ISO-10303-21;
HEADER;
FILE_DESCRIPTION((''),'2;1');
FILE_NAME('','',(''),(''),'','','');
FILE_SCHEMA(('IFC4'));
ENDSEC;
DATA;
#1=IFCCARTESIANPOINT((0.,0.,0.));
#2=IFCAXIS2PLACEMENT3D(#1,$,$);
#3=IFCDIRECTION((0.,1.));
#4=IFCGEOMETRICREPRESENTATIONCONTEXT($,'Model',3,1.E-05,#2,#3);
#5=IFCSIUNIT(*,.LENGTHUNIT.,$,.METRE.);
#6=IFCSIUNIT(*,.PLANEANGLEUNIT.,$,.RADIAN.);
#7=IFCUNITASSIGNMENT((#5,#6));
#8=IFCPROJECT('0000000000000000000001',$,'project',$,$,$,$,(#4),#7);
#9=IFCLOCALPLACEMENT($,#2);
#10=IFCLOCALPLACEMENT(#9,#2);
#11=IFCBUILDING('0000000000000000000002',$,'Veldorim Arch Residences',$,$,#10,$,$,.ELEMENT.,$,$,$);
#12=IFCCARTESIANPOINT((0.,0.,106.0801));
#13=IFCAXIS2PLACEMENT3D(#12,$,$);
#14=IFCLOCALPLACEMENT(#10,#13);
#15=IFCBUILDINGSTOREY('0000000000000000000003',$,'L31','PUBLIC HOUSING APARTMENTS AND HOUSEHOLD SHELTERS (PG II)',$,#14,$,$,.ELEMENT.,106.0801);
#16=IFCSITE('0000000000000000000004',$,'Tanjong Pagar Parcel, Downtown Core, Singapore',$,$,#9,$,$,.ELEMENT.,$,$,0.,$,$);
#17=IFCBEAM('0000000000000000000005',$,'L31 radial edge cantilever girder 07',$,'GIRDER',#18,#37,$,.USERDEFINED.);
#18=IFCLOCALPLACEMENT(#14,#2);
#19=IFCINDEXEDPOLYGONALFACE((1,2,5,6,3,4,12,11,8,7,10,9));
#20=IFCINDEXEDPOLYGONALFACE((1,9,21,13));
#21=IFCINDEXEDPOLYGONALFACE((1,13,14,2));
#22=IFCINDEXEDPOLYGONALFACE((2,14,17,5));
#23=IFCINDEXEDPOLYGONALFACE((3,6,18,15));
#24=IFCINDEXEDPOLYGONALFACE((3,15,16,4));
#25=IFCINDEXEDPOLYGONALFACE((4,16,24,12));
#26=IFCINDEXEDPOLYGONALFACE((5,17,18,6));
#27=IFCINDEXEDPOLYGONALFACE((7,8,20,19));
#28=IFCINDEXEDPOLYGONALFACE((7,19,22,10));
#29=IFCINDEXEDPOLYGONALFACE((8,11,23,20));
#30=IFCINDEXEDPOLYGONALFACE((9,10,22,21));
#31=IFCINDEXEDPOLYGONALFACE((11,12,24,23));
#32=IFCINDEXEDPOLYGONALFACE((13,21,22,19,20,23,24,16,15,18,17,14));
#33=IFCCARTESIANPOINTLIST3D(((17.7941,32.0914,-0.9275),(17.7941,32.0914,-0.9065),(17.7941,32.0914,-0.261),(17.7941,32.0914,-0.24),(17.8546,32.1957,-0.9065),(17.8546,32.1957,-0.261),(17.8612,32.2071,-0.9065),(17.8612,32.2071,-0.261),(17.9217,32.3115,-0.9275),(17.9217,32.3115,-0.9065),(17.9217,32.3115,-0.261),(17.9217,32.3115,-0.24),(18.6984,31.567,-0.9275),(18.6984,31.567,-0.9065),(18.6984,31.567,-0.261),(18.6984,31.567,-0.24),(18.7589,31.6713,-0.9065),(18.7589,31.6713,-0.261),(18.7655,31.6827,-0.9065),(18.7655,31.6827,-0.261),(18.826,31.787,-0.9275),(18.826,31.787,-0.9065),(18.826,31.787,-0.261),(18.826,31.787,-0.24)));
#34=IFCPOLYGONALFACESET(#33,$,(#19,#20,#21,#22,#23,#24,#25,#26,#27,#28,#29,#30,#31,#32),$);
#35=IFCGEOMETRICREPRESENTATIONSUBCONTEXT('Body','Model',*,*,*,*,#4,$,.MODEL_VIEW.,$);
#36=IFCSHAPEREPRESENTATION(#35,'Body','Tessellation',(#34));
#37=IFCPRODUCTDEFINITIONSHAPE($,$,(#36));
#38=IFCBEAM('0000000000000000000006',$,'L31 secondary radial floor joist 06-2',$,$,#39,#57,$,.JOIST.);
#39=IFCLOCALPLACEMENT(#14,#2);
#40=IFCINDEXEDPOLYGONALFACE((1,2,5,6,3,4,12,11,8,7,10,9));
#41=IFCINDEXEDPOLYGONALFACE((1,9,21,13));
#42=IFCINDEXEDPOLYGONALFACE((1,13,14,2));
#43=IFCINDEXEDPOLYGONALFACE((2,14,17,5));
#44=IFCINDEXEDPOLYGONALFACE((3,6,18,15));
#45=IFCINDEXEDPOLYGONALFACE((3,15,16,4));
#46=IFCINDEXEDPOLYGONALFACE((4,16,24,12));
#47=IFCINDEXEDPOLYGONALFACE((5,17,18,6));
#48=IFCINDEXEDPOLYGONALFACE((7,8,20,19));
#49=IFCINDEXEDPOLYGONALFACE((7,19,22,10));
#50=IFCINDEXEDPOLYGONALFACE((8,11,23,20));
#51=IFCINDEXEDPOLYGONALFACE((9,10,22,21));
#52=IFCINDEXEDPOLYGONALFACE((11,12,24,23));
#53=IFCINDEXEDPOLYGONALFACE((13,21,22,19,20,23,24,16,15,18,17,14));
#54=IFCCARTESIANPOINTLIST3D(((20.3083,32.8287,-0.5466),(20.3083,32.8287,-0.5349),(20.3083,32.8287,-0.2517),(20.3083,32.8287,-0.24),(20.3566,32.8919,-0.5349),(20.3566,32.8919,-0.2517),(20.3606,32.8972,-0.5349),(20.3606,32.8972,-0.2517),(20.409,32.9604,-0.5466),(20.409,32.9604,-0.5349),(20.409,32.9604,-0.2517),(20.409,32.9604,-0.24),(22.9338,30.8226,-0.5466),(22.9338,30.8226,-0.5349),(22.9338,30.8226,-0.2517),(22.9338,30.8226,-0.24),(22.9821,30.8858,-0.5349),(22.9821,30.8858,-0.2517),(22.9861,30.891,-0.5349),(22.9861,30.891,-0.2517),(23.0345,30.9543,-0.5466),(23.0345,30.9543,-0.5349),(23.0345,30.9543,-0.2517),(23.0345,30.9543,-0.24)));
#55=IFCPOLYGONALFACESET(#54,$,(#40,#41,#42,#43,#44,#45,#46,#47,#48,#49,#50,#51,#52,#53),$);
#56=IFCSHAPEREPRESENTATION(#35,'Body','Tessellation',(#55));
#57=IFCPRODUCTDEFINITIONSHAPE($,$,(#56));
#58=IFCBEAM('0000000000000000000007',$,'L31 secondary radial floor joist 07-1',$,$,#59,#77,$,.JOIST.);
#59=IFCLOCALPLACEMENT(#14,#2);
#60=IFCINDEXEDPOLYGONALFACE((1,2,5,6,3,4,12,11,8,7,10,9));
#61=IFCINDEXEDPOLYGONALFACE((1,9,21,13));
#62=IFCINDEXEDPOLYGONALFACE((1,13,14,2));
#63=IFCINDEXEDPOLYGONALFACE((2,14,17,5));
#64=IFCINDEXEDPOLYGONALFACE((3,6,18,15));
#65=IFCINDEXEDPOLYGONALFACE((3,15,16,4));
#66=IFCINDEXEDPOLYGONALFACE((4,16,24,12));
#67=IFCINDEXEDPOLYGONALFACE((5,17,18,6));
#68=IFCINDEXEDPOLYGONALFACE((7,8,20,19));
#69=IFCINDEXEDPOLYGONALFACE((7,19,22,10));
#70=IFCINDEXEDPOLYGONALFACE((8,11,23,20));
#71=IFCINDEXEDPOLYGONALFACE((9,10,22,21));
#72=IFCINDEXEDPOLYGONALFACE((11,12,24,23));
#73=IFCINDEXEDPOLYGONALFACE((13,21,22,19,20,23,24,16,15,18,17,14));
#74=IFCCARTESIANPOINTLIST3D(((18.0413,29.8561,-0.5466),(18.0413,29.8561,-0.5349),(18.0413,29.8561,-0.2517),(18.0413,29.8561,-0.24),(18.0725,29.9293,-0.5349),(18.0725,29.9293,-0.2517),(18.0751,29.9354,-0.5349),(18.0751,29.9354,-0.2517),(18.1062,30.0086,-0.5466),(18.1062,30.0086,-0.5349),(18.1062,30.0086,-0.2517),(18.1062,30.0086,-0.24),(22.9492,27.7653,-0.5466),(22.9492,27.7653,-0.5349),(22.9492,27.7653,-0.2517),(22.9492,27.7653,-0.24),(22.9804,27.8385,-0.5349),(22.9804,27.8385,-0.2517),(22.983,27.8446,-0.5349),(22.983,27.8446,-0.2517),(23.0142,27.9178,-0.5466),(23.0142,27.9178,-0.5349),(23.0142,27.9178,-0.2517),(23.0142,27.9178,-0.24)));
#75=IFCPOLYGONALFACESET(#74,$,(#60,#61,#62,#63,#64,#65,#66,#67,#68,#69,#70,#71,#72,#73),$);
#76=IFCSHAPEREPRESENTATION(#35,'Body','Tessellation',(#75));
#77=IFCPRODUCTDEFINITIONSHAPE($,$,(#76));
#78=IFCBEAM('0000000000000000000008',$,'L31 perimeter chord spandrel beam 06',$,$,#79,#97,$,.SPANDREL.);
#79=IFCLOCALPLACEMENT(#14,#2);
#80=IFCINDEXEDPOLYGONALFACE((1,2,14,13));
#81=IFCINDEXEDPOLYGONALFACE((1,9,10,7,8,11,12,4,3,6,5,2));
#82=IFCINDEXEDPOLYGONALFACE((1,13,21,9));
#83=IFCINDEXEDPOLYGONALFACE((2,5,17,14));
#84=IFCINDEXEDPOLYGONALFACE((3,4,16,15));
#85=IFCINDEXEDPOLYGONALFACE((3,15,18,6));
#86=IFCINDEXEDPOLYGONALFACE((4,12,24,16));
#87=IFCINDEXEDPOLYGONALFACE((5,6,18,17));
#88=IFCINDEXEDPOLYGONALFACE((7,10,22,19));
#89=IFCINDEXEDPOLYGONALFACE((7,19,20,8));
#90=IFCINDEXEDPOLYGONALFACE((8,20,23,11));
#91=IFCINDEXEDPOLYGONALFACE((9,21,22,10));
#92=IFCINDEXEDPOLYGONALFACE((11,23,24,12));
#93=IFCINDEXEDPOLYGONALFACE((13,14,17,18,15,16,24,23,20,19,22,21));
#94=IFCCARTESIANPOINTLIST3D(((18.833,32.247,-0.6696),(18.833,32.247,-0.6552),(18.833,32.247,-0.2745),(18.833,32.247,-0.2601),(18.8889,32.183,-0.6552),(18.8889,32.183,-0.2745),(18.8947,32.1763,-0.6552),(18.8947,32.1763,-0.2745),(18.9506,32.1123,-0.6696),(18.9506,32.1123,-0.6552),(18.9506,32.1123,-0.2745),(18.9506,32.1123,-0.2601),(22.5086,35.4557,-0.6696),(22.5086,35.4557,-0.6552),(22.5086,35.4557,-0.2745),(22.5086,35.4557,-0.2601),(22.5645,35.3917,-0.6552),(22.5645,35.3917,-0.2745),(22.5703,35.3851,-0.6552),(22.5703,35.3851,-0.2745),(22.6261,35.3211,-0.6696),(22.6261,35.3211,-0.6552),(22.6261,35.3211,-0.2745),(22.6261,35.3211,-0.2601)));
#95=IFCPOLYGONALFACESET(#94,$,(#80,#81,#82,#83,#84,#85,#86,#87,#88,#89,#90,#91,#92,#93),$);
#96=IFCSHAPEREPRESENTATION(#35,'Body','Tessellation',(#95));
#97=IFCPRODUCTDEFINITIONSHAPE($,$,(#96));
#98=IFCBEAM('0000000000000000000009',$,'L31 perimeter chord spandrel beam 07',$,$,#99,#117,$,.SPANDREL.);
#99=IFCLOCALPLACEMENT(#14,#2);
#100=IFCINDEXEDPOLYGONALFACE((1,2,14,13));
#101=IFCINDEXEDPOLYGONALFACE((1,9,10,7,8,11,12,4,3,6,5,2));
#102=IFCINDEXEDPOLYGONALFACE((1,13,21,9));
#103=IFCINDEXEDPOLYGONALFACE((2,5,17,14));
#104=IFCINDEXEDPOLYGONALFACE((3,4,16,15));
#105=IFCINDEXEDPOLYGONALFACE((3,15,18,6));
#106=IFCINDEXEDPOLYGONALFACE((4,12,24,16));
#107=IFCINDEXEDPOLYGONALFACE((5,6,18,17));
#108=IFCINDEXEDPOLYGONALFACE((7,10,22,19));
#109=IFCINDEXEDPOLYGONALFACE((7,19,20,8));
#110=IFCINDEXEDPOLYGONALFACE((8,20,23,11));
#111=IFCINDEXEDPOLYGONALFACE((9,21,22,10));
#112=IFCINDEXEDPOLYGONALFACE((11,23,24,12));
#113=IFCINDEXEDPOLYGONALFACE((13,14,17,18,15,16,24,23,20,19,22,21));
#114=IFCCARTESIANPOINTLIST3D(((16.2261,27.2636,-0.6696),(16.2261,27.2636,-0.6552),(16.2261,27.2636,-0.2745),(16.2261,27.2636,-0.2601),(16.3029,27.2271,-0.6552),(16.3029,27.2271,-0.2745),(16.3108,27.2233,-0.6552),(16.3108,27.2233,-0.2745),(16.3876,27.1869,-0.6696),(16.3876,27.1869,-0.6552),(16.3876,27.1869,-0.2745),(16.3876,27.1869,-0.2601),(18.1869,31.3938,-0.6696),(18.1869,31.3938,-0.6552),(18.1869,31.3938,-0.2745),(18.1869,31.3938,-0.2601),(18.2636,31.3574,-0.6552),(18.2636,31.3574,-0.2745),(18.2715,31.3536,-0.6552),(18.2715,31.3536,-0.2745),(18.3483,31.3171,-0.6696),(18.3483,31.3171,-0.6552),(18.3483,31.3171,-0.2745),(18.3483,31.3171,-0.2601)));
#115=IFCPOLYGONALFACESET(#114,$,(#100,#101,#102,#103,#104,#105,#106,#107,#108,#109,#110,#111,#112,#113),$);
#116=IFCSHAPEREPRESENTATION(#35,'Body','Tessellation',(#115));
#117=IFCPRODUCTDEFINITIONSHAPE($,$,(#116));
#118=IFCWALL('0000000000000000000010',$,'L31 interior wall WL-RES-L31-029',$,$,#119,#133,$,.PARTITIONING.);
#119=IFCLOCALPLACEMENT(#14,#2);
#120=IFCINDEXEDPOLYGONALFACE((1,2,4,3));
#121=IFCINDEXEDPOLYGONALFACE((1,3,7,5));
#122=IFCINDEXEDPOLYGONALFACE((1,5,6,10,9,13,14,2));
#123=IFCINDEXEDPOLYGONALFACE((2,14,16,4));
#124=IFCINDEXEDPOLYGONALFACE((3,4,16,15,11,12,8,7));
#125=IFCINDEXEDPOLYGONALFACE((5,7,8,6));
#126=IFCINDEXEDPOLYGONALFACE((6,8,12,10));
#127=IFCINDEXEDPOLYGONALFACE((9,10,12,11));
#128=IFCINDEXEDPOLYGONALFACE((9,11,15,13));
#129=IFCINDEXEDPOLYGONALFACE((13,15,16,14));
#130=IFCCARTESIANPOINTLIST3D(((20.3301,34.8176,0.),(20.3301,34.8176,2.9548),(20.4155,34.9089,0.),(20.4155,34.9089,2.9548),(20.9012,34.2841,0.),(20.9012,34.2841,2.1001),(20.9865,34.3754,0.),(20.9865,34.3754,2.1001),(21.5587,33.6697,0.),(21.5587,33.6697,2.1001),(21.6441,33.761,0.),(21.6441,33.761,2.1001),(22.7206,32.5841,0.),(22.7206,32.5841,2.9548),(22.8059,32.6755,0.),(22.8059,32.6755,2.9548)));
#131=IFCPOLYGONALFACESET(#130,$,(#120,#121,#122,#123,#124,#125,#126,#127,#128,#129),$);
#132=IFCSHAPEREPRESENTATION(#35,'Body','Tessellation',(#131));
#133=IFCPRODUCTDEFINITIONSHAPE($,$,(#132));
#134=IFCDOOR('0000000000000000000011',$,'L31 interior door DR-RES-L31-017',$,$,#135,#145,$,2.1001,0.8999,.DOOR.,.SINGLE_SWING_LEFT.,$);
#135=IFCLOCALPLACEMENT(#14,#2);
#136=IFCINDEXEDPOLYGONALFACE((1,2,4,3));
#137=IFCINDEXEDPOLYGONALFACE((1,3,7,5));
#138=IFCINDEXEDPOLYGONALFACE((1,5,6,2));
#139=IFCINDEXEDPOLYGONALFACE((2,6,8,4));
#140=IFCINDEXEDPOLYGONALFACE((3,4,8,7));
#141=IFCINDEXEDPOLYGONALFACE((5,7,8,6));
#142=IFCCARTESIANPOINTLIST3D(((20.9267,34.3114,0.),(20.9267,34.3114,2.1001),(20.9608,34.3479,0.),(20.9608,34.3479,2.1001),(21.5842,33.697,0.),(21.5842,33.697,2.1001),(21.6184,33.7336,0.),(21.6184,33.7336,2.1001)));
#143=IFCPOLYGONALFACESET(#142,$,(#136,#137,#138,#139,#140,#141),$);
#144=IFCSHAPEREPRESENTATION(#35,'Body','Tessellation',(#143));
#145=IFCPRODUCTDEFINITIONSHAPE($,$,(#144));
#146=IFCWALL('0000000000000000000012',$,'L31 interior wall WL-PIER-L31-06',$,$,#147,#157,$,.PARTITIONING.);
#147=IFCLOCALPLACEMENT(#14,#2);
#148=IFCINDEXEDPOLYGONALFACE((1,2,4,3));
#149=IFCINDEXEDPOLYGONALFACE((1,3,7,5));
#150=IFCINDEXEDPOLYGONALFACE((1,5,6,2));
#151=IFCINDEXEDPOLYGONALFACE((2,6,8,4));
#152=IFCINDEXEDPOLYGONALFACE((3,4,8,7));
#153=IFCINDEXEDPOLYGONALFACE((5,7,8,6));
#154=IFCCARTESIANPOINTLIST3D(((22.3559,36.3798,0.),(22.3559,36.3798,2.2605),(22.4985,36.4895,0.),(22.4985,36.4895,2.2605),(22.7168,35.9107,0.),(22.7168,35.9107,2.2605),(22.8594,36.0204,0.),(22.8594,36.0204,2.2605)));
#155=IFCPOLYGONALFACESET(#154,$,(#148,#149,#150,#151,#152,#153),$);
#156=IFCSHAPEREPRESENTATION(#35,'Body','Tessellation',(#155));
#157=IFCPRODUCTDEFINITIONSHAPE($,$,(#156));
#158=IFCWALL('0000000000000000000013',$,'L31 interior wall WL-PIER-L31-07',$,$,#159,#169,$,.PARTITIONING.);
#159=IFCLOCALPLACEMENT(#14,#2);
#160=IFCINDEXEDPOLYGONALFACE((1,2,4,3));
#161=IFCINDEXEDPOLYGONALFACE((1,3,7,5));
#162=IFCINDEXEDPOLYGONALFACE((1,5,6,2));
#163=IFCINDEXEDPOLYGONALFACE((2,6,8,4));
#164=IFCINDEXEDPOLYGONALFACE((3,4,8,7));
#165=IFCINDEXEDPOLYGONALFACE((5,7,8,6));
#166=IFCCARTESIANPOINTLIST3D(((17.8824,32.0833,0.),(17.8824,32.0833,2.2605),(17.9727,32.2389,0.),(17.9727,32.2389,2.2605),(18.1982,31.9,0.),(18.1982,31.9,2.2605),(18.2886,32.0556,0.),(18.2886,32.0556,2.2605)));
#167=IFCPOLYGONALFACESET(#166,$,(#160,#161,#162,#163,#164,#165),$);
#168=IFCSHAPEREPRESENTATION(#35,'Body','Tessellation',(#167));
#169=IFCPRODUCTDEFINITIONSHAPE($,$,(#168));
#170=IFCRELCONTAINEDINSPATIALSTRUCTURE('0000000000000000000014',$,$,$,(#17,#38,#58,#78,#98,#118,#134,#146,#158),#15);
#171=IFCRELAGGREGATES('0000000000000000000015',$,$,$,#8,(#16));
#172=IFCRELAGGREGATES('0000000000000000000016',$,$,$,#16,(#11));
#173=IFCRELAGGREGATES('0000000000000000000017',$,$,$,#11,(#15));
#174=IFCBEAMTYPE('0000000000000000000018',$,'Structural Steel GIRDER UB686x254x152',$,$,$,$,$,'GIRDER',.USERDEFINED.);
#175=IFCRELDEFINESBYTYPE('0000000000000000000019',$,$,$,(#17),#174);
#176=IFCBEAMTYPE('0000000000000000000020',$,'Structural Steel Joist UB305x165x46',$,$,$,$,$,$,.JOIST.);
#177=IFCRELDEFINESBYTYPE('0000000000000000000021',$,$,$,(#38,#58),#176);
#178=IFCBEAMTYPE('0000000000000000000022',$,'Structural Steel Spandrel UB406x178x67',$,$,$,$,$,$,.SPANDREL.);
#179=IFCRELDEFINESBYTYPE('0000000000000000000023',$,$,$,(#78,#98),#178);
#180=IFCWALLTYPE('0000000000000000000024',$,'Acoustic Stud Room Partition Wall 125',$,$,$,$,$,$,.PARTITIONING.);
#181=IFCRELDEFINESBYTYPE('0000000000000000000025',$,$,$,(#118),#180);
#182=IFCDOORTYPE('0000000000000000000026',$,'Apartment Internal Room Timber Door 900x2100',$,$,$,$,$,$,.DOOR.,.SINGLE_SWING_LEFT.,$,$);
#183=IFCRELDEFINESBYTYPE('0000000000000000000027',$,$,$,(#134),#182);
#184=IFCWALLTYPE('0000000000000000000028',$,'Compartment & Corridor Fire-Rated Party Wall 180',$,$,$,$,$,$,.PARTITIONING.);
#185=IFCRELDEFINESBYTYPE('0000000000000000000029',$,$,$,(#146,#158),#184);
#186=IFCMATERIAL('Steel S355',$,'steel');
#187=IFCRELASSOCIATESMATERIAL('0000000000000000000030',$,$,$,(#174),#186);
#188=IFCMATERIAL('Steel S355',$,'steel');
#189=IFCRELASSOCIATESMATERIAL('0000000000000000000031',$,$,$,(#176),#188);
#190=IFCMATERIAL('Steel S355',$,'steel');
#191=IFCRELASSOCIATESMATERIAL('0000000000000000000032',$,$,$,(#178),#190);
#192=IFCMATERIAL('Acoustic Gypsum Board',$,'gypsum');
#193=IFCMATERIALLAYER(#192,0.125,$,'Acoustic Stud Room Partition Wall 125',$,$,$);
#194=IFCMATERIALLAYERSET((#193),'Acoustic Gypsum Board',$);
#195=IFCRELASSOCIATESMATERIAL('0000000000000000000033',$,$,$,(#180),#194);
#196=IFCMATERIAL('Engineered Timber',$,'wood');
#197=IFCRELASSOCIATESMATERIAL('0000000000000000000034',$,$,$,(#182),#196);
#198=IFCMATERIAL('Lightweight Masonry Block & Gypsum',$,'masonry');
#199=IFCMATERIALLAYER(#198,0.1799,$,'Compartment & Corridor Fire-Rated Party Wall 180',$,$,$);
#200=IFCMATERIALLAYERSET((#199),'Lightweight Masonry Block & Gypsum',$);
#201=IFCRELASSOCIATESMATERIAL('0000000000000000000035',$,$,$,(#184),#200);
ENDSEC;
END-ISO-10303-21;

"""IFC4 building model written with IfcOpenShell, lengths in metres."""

from ifc_helpers import new_model, si_unit, direction, frame, frame_2d, origin, origin_2d, place, context, subcontext, project, spatial, rectangle, i_section, extrude, material, layer, layer_set, material_profile, profile_set, type_object, element, fill, save


model = new_model("IFC4")

# Units and contexts
model_context = context("Model", 3, precision=1e-05, world=origin(), true_north=direction((0.0, 1.0)))
body_context = subcontext(model_context, "Body", "Model", "MODEL_VIEW")
ifc_project = project(units=[si_unit("LENGTHUNIT", "METRE"), si_unit("PLANEANGLEUNIT", "RADIAN")], contexts=[model_context])

# Site, building, storey
site_placement = place(None, origin())
site = spatial("IfcSite", under=ifc_project, at=site_placement, Name="Tanjong Pagar Parcel, Downtown Core, Singapore", CompositionType="ELEMENT", RefElevation=0.0)
building_placement = place(site_placement, origin())
building = spatial("IfcBuilding", under=site, at=building_placement, Name="Veldorim Arch Residences", CompositionType="ELEMENT")
storey_placement = place(building_placement, frame((0.0, 0.0, 106.0801)))
storey = spatial("IfcBuildingStorey", under=building, at=storey_placement, Name="L31", Description="PUBLIC HOUSING APARTMENTS AND HOUSEHOLD SHELTERS (PG II)", CompositionType="ELEMENT", Elevation=106.0801)

# Beams
ifc_material_1 = material(Name="Steel S355", Category="steel")
ifc_material_profile_1 = material_profile(ifc_material_1, i_section(OverallWidth=0.2544, OverallDepth=0.6875, WebThickness=0.0132, FlangeThickness=0.021, at=origin_2d()), Name="UB686x254x152")
ifc_profile_set_1 = profile_set([ifc_material_profile_1], Name="Steel S355")
beam_type_1 = type_object("IfcBeamType", Name="Structural Steel GIRDER UB686x254x152", ElementType="GIRDER", PredefinedType="USERDEFINED", material=ifc_profile_set_1)
beam_1_placement = place(storey_placement, frame((18.7622, 31.677, -0.5837), z_axis=(-0.865064, 0.501662, 0.0), x_axis=(-0.501662, -0.865064, 0.0)))
element("IfcBeam", 1, at=beam_1_placement, inside=storey, type_object=beam_type_1, Name="L31 radial edge cantilever girder 07", ObjectType="GIRDER", PredefinedType="USERDEFINED", context=body_context, shape_type="SweptSolid", body=[
    extrude(i_section(OverallWidth=0.2544, OverallDepth=0.6875, WebThickness=0.0132, FlangeThickness=0.021, at=origin_2d()), origin(), (0.0, 0.0, 1.0), 1.0454),
])
ifc_material_2 = material(Name="Steel S355", Category="steel")
ifc_material_profile_2 = material_profile(ifc_material_2, i_section(OverallWidth=0.1658, OverallDepth=0.3066, WebThickness=0.0066, FlangeThickness=0.0117, at=origin_2d()), Name="UB305x165x46")
ifc_profile_set_2 = profile_set([ifc_material_profile_2], Name="Steel S355")
beam_type_2 = type_object("IfcBeamType", Name="Structural Steel Joist UB305x165x46", PredefinedType="JOIST", material=ifc_profile_set_2)
beam_2_placement = place(storey_placement, frame((22.9841, 30.8884, -0.3933), z_axis=(-0.794595, 0.60714, 0.0), x_axis=(-0.60714, -0.794595, 0.0)))
element("IfcBeam", 2, at=beam_2_placement, inside=storey, type_object=beam_type_2, Name="L31 secondary radial floor joist 06-2", PredefinedType="JOIST", context=body_context, shape_type="SweptSolid", body=[
    extrude(i_section(OverallWidth=0.1658, OverallDepth=0.3066, WebThickness=0.0066, FlangeThickness=0.0117, at=origin_2d()), origin(), (0.0, 0.0, 1.0), 3.3042),
])
beam_3_placement = place(storey_placement, frame((22.9817, 27.8416, -0.3933), z_axis=(-0.919997, 0.391924, 0.0), x_axis=(-0.391924, -0.919997, 0.0)))
element("IfcBeam", 3, at=beam_3_placement, inside=storey, type_object=beam_type_2, Name="L31 secondary radial floor joist 07-1", PredefinedType="JOIST", context=body_context, shape_type="SweptSolid", body=[
    extrude(i_section(OverallWidth=0.1658, OverallDepth=0.3066, WebThickness=0.0066, FlangeThickness=0.0117, at=origin_2d()), origin(), (0.0, 0.0, 1.0), 5.3347),
])
ifc_material_3 = material(Name="Steel S355", Category="steel")
ifc_material_profile_3 = material_profile(ifc_material_3, i_section(OverallWidth=0.1787, OverallDepth=0.4094, WebThickness=0.0088, FlangeThickness=0.0144, at=origin_2d()), Name="UB406x178x67")
ifc_profile_set_3 = profile_set([ifc_material_profile_3], Name="Steel S355")
beam_type_3 = type_object("IfcBeamType", Name="Structural Steel Spandrel UB406x178x67", PredefinedType="SPANDREL", material=ifc_profile_set_3)
beam_4_placement = place(storey_placement, frame((22.5674, 35.3884, -0.4648), z_axis=(-0.753323, -0.65765, 0.0), x_axis=(0.65765, -0.753323, 0.0)))
element("IfcBeam", 4, at=beam_4_placement, inside=storey, type_object=beam_type_3, Name="L31 perimeter chord spandrel beam 06", PredefinedType="SPANDREL", context=body_context, shape_type="SweptSolid", body=[
    extrude(i_section(OverallWidth=0.1787, OverallDepth=0.4094, WebThickness=0.0088, FlangeThickness=0.0144, at=origin_2d()), origin(), (0.0, 0.0, 1.0), 4.8792),
])
beam_5_placement = place(storey_placement, frame((18.2676, 31.3555, -0.4648), z_axis=(-0.428857, -0.903372, 0.0), x_axis=(0.903372, -0.428857, 0.0)))
element("IfcBeam", 5, at=beam_5_placement, inside=storey, type_object=beam_type_3, Name="L31 perimeter chord spandrel beam 07", PredefinedType="SPANDREL", context=body_context, shape_type="SweptSolid", body=[
    extrude(i_section(OverallWidth=0.1787, OverallDepth=0.4094, WebThickness=0.0088, FlangeThickness=0.0144, at=origin_2d()), origin(), (0.0, 0.0, 1.0), 4.572),
])

# Wall, opening, door
ifc_material_4 = material(Name="Acoustic Gypsum Board", Category="gypsum")
ifc_layer_1 = layer(ifc_material_4, 0.125, Name="Acoustic Stud Room Partition Wall 125")
ifc_layer_set_1 = layer_set([ifc_layer_1], Name="Acoustic Gypsum Board")
wall_type_1 = type_object("IfcWallType", Name="Acoustic Stud Room Partition Wall 125", PredefinedType="PARTITIONING", material=ifc_layer_set_1)
wall_1_placement = place(storey_placement, frame((20.3728, 34.8633, 0.0), z_axis=(0.0, 0.0, 1.0), x_axis=(0.730693, -0.682706, 0.0)))
wall_1 = element("IfcWall", 6, at=wall_1_placement, inside=storey, type_object=wall_type_1, Name="L31 interior wall WL-RES-L31-029", PredefinedType="PARTITIONING", context=body_context, shape_type="SweptSolid", body=[
    extrude(rectangle(XDim=3.2715, YDim=0.125, at=frame_2d((1.6357, 0.0))), origin(), (0.0, 0.0, 1.0), 2.9548),
])
opening_1_placement = place(wall_1_placement, frame((0.7815, 0.0, 0.0)))
opening_1 = element("IfcOpeningElement", 7, at=opening_1_placement, cuts=wall_1, PredefinedType="OPENING", context=body_context, shape_type="SweptSolid", body=[
    extrude(rectangle(XDim=0.8999, YDim=2.1001, at=frame_2d((0.45, 1.05))), frame((0.0, 0.0725, 0.0), z_axis=(0.0, -1.0, 0.0), x_axis=(1.0, 0.0, 0.0)), (0.0, 0.0, 1.0), 0.145),
])
ifc_material_5 = material(Name="Engineered Timber", Category="wood")
door_type_1 = type_object("IfcDoorType", Name="Apartment Internal Room Timber Door 900x2100", OperationType="SINGLE_SWING_LEFT", PredefinedType="DOOR", material=ifc_material_5)
door_1_placement = place(opening_1_placement, origin())
door_1 = element("IfcDoor", 8, at=door_1_placement, inside=storey, type_object=door_type_1, Name="L31 interior door DR-RES-L31-017", OperationType="SINGLE_SWING_LEFT", OverallHeight=2.1001, OverallWidth=0.8999, PredefinedType="DOOR", context=body_context, shape_type="SweptSolid", body=[
    extrude(rectangle(XDim=0.8999, YDim=2.1001, at=frame_2d((0.45, 1.05))), frame((0.0, 0.0249, 0.0), z_axis=(0.0, -1.0, 0.0), x_axis=(1.0, 0.0, 0.0)), (0.0, 0.0, 1.0), 0.05),
])
fill(opening_1, door_1)

# Walls
ifc_material_6 = material(Name="Lightweight Masonry Block & Gypsum", Category="masonry")
ifc_layer_2 = layer(ifc_material_6, 0.1799, Name="Compartment & Corridor Fire-Rated Party Wall 180")
ifc_layer_set_2 = layer_set([ifc_layer_2], Name="Lightweight Masonry Block & Gypsum")
wall_type_2 = type_object("IfcWallType", Name="Compartment & Corridor Fire-Rated Party Wall 180", PredefinedType="PARTITIONING", material=ifc_layer_set_2)
wall_2_placement = place(storey_placement, frame((22.7881, 35.9656, 0.0), z_axis=(0.0, 0.0, 1.0), x_axis=(-0.609791, 0.792563, 0.0)))
element("IfcWall", 9, at=wall_2_placement, inside=storey, type_object=wall_type_2, Name="L31 interior wall WL-PIER-L31-06", PredefinedType="PARTITIONING", context=body_context, shape_type="SweptSolid", body=[
    extrude(rectangle(XDim=0.5918, YDim=0.1799, at=frame_2d((0.2959, 0.0))), origin(), (0.0, 0.0, 1.0), 2.2605),
])
wall_3_placement = place(storey_placement, frame((18.2434, 31.9778, 0.0), z_axis=(0.0, 0.0, 1.0), x_axis=(-0.864892, 0.501958, 0.0)))
element("IfcWall", 10, at=wall_3_placement, inside=storey, type_object=wall_type_2, Name="L31 interior wall WL-PIER-L31-07", PredefinedType="PARTITIONING", context=body_context, shape_type="SweptSolid", body=[
    extrude(rectangle(XDim=0.3652, YDim=0.1799, at=frame_2d((0.1826, 0.0))), origin(), (0.0, 0.0, 1.0), 2.2605),
])

save(model, "model.ifc")
